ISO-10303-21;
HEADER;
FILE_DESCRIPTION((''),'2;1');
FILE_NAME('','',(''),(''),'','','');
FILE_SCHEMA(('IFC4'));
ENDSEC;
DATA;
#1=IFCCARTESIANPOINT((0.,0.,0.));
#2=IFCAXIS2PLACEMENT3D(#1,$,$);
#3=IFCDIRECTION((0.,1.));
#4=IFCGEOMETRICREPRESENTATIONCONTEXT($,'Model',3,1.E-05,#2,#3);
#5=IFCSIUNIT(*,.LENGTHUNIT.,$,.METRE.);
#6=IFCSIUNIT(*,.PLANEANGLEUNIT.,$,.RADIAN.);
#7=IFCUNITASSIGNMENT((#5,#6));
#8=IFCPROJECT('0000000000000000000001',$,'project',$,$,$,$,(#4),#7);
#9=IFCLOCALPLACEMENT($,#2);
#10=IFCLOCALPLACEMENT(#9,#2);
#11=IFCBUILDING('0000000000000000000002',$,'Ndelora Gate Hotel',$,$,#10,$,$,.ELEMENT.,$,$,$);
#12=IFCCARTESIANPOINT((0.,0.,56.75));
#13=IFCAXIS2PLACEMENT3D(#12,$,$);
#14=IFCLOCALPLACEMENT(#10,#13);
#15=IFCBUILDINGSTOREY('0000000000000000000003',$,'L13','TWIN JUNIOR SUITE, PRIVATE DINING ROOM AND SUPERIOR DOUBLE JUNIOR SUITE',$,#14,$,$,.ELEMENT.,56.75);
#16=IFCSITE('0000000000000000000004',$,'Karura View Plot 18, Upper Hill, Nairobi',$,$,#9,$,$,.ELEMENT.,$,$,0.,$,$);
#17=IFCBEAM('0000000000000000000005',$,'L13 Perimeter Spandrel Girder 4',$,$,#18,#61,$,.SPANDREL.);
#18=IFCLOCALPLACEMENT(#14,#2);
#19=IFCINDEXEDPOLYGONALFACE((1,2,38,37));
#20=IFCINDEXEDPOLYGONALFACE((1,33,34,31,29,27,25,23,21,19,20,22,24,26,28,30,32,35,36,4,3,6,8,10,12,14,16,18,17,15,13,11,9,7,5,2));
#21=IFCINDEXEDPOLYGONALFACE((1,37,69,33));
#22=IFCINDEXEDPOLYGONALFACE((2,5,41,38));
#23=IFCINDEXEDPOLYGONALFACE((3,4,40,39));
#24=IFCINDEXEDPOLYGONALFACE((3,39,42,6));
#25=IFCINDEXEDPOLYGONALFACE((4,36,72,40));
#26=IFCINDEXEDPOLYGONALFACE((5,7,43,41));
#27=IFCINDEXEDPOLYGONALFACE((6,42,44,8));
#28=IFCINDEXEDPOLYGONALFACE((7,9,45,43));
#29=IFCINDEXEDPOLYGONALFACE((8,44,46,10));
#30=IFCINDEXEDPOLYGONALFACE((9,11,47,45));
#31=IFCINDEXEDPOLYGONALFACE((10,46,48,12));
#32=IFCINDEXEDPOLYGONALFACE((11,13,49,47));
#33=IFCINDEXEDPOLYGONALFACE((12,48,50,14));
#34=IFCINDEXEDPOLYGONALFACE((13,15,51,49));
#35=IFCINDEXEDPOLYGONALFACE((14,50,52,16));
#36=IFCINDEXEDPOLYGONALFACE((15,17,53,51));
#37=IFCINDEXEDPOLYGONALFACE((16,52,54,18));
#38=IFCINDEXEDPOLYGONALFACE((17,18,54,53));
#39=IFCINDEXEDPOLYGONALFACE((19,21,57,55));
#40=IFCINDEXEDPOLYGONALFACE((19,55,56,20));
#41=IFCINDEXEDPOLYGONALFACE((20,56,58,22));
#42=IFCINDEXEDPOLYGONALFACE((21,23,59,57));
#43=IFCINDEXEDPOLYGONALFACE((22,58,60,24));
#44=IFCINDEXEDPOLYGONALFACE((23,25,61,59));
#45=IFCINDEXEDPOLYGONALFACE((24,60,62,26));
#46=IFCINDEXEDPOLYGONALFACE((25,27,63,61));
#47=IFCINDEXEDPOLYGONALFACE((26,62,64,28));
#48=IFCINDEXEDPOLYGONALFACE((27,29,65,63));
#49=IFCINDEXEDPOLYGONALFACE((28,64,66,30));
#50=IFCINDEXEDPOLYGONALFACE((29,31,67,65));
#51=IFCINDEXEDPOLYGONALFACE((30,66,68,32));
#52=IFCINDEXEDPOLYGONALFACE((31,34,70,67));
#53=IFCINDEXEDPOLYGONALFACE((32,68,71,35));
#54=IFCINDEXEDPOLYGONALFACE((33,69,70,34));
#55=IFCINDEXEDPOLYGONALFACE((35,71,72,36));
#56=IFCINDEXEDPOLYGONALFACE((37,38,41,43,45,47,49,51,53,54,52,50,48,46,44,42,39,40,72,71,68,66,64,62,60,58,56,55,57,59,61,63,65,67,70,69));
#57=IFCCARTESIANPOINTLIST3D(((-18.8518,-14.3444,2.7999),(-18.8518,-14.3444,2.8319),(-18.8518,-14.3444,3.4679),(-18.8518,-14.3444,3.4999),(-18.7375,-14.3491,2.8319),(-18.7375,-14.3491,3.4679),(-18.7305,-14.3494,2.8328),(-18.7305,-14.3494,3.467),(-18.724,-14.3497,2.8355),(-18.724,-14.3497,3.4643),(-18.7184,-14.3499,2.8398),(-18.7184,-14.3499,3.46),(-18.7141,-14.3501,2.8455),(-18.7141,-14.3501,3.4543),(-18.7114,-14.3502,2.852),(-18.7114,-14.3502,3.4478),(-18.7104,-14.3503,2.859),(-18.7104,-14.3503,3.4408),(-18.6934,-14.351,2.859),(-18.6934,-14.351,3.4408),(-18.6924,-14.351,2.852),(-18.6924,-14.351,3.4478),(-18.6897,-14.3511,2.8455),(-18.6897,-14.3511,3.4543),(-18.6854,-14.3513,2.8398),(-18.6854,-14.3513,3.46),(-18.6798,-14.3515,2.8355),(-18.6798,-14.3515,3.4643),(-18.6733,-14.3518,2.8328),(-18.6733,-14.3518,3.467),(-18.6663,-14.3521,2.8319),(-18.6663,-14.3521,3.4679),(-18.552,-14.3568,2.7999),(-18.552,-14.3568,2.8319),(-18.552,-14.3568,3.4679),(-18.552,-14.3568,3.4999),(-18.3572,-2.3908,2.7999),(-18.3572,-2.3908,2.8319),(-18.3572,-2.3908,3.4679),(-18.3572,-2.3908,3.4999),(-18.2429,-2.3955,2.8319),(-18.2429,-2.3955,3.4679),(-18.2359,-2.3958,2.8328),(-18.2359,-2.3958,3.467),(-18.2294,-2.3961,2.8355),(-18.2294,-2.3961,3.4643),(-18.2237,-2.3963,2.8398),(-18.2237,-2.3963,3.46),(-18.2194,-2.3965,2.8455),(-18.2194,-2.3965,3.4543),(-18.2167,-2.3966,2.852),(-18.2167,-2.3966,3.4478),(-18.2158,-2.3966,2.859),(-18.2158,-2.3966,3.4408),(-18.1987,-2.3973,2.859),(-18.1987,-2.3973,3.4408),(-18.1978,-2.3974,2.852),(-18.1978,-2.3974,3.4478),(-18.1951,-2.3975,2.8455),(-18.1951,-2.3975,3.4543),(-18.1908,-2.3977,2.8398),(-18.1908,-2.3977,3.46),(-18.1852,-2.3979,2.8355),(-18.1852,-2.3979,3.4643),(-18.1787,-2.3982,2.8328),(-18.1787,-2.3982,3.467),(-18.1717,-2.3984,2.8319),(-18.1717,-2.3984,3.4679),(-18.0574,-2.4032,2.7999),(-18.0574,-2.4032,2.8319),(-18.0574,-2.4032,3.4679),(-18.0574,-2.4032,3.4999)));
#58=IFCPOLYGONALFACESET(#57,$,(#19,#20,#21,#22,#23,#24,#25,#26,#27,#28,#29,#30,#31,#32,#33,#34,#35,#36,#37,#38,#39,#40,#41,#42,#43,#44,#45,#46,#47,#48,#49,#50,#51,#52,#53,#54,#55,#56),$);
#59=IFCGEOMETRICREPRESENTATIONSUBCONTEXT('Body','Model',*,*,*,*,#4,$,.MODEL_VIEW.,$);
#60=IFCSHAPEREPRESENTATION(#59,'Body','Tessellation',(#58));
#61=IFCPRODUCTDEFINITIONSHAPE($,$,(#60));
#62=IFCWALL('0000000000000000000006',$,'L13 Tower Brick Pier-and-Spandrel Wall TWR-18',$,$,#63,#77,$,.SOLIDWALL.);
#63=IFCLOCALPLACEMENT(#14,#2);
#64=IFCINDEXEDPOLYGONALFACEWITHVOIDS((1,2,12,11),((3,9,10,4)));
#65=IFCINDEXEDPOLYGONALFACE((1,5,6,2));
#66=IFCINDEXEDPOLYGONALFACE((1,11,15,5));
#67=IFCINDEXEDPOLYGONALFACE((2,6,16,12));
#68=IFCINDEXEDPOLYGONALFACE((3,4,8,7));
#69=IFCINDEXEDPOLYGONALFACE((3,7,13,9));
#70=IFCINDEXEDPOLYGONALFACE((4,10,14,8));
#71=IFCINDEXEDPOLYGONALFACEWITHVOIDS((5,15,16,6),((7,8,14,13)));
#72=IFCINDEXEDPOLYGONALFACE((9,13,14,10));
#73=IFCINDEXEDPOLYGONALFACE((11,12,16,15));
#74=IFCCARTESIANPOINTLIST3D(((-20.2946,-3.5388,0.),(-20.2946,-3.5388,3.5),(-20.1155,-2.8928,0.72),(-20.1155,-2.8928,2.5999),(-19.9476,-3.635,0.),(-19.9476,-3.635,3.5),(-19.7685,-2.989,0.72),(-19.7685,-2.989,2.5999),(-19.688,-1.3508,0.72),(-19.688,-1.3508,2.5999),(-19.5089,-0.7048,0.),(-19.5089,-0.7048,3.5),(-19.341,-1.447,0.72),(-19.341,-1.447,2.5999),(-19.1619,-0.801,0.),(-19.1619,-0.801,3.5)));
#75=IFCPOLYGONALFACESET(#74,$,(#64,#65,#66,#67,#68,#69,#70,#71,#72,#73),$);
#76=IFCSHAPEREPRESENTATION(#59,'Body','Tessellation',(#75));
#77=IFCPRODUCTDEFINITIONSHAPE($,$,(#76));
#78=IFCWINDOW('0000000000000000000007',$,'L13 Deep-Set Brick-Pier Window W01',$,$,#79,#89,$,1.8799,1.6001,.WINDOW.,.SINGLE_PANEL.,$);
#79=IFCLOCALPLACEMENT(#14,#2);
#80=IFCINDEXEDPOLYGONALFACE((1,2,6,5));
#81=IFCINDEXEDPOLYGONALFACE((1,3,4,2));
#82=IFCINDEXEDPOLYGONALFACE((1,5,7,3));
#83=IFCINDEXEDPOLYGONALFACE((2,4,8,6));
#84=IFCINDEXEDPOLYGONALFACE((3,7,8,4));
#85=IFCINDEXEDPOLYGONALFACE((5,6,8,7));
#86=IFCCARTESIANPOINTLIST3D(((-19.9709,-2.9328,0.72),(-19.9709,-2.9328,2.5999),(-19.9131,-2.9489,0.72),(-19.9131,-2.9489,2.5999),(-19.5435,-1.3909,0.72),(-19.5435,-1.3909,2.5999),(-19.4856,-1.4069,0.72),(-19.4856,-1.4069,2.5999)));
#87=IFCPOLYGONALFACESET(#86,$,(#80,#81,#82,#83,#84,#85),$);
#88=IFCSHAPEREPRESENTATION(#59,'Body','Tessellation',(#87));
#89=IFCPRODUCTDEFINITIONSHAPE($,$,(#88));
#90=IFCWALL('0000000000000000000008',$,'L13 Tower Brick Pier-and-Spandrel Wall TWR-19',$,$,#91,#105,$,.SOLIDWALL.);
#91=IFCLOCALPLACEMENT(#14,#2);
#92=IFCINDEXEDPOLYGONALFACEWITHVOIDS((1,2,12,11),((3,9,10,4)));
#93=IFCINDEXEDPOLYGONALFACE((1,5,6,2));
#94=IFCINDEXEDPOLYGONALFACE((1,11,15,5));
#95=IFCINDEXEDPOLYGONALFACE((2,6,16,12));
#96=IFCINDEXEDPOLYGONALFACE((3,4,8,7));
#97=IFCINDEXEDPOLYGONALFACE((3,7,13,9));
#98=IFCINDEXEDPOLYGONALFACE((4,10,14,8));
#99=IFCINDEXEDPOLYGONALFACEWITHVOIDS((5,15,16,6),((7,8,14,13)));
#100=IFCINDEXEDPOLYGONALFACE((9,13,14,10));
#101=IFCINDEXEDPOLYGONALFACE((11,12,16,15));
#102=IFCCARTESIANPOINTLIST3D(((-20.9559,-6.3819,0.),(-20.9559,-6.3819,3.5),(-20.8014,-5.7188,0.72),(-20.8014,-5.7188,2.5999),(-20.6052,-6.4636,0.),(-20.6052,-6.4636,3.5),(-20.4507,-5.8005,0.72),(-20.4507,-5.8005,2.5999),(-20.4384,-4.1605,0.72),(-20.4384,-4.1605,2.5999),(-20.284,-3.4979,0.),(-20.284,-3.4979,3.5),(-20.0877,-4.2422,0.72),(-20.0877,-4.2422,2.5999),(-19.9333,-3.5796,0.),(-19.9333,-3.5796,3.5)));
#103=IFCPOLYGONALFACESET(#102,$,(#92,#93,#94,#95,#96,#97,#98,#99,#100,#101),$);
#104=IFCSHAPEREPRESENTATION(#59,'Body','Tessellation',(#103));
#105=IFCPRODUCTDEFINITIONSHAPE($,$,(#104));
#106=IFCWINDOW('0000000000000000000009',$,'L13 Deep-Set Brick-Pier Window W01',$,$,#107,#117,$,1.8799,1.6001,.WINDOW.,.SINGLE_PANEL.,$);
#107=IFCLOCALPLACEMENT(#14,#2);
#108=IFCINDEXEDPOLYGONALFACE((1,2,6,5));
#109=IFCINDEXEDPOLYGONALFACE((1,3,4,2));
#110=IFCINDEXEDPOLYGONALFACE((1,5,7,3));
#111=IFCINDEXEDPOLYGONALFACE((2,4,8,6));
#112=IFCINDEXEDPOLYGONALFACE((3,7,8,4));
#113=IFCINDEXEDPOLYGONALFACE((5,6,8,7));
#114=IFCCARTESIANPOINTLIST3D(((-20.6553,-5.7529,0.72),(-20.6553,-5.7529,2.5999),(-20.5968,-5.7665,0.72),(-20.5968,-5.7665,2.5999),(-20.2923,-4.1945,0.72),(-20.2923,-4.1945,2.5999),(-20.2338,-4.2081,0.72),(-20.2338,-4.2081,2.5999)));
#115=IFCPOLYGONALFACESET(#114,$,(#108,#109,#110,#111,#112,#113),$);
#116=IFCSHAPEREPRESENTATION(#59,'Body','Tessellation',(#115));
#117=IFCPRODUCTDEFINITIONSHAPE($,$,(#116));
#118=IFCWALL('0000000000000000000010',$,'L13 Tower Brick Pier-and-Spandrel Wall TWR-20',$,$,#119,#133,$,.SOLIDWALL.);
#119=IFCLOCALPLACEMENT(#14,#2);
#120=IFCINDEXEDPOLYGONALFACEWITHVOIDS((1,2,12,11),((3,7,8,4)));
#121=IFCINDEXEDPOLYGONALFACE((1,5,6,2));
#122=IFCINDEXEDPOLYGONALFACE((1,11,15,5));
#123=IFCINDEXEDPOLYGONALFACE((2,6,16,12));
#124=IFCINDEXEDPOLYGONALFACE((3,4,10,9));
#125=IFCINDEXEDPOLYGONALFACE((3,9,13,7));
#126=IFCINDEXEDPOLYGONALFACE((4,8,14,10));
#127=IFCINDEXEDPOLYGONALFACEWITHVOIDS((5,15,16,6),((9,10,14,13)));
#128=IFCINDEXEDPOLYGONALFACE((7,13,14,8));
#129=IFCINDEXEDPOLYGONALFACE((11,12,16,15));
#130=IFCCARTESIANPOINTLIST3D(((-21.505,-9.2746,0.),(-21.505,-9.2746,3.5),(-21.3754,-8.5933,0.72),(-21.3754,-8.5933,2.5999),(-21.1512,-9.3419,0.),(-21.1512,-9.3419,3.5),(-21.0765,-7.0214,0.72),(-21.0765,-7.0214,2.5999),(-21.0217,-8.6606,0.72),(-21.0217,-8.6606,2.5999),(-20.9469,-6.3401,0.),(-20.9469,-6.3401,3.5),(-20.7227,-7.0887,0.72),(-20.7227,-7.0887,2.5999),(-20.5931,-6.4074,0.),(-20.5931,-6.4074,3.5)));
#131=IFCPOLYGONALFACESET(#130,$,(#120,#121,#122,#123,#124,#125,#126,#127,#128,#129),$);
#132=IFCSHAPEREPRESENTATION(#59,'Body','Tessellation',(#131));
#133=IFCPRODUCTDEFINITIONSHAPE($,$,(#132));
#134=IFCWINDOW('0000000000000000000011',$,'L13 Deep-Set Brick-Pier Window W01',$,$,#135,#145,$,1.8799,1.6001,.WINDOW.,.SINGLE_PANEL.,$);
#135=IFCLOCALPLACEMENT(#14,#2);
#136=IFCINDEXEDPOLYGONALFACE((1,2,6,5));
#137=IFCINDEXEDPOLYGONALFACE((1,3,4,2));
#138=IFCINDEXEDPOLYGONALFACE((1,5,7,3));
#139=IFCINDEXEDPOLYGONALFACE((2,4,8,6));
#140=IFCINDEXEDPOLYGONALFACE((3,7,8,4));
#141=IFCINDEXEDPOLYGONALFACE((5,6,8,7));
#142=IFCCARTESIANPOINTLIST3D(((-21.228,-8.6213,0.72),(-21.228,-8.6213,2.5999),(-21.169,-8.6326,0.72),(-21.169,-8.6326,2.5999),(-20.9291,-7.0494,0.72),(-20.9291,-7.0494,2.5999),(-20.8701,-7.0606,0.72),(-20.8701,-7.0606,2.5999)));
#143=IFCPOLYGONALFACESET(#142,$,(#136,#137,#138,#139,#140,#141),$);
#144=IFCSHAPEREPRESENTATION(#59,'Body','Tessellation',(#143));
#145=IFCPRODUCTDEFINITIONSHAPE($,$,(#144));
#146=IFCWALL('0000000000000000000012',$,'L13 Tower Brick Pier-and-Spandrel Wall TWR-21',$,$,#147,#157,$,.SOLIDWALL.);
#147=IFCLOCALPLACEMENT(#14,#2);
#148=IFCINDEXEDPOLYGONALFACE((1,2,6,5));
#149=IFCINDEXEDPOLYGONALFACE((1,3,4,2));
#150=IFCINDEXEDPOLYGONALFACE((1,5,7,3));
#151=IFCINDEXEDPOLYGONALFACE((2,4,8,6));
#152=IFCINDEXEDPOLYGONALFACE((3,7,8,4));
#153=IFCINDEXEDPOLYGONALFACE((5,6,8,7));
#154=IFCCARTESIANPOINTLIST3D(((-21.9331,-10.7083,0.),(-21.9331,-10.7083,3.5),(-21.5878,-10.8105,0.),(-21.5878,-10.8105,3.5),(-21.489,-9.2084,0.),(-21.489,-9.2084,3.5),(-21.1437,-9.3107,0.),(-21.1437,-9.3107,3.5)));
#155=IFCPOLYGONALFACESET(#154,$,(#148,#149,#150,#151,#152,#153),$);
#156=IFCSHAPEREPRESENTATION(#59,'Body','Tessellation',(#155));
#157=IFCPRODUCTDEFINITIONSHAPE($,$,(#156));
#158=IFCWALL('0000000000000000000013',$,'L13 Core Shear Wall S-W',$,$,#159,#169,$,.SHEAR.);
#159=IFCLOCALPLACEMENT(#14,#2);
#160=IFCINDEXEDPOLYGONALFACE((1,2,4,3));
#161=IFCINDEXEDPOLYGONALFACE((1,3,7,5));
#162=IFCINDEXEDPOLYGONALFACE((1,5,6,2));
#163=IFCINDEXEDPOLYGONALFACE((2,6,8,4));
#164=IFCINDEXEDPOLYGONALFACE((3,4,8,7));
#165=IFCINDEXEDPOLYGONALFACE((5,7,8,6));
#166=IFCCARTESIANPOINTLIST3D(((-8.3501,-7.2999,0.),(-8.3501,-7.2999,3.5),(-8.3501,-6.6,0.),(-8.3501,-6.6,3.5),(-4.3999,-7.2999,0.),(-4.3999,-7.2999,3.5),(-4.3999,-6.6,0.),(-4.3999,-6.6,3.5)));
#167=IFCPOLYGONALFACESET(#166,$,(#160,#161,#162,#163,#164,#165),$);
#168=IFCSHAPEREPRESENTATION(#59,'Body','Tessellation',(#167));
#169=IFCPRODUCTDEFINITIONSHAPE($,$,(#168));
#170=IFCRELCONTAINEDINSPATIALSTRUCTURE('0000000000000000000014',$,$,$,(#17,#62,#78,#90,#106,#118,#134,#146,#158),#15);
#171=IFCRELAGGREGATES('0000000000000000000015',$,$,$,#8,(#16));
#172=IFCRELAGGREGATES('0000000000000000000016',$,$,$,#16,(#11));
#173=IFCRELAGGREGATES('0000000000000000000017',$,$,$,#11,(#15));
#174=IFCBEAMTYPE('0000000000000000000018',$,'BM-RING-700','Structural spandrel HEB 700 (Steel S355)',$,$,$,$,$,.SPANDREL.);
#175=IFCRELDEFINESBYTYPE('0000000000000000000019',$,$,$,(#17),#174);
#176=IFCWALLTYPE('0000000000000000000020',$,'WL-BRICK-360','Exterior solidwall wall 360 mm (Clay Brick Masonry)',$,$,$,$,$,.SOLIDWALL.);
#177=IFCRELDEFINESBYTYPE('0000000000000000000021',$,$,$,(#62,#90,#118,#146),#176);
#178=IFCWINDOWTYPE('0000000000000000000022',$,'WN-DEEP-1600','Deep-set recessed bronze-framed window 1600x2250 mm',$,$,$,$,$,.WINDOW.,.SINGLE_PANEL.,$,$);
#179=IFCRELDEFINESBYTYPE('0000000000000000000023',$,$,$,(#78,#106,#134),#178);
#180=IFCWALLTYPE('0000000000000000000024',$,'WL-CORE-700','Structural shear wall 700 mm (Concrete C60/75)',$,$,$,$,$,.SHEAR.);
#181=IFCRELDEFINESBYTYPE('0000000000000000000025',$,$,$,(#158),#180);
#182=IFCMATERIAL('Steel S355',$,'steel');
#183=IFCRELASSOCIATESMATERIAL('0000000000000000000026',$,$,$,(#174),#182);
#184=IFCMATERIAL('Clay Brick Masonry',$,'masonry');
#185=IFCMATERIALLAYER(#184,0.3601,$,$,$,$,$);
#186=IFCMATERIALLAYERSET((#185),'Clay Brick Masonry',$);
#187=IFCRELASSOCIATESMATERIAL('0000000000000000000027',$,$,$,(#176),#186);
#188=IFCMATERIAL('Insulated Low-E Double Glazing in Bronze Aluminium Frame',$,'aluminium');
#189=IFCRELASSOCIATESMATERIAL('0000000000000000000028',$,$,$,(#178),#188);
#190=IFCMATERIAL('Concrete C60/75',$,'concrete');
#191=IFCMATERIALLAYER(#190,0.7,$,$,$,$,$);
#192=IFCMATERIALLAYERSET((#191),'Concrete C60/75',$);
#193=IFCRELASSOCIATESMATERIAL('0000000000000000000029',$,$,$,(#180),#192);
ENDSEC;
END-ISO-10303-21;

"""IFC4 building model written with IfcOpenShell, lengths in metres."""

from ifc_helpers import new_model, si_unit, direction, frame, frame_2d, origin, origin_2d, place, context, subcontext, project, spatial, rectangle, i_section, extrude, material, layer, layer_set, material_profile, profile_set, type_object, element, fill, save


model = new_model("IFC4")

# Units and contexts
model_context = context("Model", 3, precision=1e-05, world=origin(), true_north=direction((0.0, 1.0)))
body_context = subcontext(model_context, "Body", "Model", "MODEL_VIEW")
ifc_project = project(units=[si_unit("LENGTHUNIT", "METRE"), si_unit("PLANEANGLEUNIT", "RADIAN")], contexts=[model_context])

# Site, building, storey
site_placement = place(None, origin())
site = spatial("IfcSite", under=ifc_project, at=site_placement, Name="Karura View Plot 18, Upper Hill, Nairobi", CompositionType="ELEMENT", RefElevation=0.0)
building_placement = place(site_placement, origin())
building = spatial("IfcBuilding", under=site, at=building_placement, Name="Ndelora Gate Hotel", CompositionType="ELEMENT")
storey_placement = place(building_placement, frame((0.0, 0.0, 56.75)))
storey = spatial("IfcBuildingStorey", under=building, at=storey_placement, Name="L13", Description="TWIN JUNIOR SUITE, PRIVATE DINING ROOM AND SUPERIOR DOUBLE JUNIOR SUITE", CompositionType="ELEMENT", Elevation=56.75)

# Shared definitions
ifc_material_1 = material(Name="Concrete C60/75", Category="concrete")

# Beam
ifc_material_2 = material(Name="Steel S355", Category="steel")
ifc_material_profile_1 = material_profile(ifc_material_2, i_section(OverallWidth=0.3, OverallDepth=0.7, WebThickness=0.0171, FlangeThickness=0.032, FilletRadius=0.0271, at=origin_2d()), Name="HEB 700")
ifc_profile_set_1 = profile_set([ifc_material_profile_1], Name="Steel S355")
beam_type_1 = type_object("IfcBeamType", Name="BM-RING-700", Description="Structural spandrel HEB 700 (Steel S355)", PredefinedType="SPANDREL", material=ifc_profile_set_1)
beam_1_placement = place(storey_placement, frame((-18.2073, -2.397, 3.1499), z_axis=(-0.041344, -0.999145, 0.0), x_axis=(0.999145, -0.041344, 0.0)))
element("IfcBeam", 1, at=beam_1_placement, inside=storey, type_object=beam_type_1, Name="L13 Perimeter Spandrel Girder 4", PredefinedType="SPANDREL", context=body_context, shape_type="SweptSolid", body=[
    extrude(i_section(OverallWidth=0.3, OverallDepth=0.7, WebThickness=0.0171, FlangeThickness=0.032, FilletRadius=0.0271, at=origin_2d()), origin(), (0.0, 0.0, 1.0), 11.9639),
])

# Walls, openings, windows
ifc_material_3 = material(Name="Clay Brick Masonry", Category="masonry")
ifc_layer_1 = layer(ifc_material_3, 0.3601)
ifc_layer_set_1 = layer_set([ifc_layer_1], Name="Clay Brick Masonry")
wall_type_1 = type_object("IfcWallType", Name="WL-BRICK-360", Description="Exterior solidwall wall 360 mm (Clay Brick Masonry)", PredefinedType="SOLIDWALL", material=ifc_layer_set_1)
wall_1_placement = place(storey_placement, frame((-20.1211, -3.5869, 0.0), z_axis=(0.0, 0.0, 1.0), x_axis=(0.267147, 0.963656, 0.0)))
wall_1 = element("IfcWall", 2, at=wall_1_placement, inside=storey, type_object=wall_type_1, Name="L13 Tower Brick Pier-and-Spandrel Wall TWR-18", PredefinedType="SOLIDWALL", context=body_context, shape_type="SweptSolid", body=[
    extrude(rectangle(XDim=2.9409, YDim=0.3601, at=frame_2d((1.4705, 0.0))), origin(), (0.0, 0.0, 1.0), 3.5),
])
opening_1_placement = place(wall_1_placement, frame((0.6704, 0.0, 0.72)))
opening_1 = element("IfcOpeningElement", 3, at=opening_1_placement, cuts=wall_1, PredefinedType="OPENING", context=body_context, shape_type="SweptSolid", body=[
    extrude(rectangle(XDim=1.6001, YDim=1.8799, at=frame_2d((0.8, 0.9399))), frame((0.0, 0.1899, 0.0), z_axis=(0.0, -1.0, 0.0), x_axis=(1.0, 0.0, 0.0)), (0.0, 0.0, 1.0), 0.3801),
])
ifc_material_4 = material(Name="Insulated Low-E Double Glazing in Bronze Aluminium Frame", Category="aluminium")
window_type = type_object("IfcWindowType", Name="WN-DEEP-1600", Description="Deep-set recessed bronze-framed window 1600x2250 mm", PartitioningType="SINGLE_PANEL", PredefinedType="WINDOW", material=ifc_material_4)
window_1_placement = place(opening_1_placement, origin())
window_1 = element("IfcWindow", 4, at=window_1_placement, inside=storey, type_object=window_type, Name="L13 Deep-Set Brick-Pier Window W01", OverallHeight=1.8799, OverallWidth=1.6001, PartitioningType="SINGLE_PANEL", PredefinedType="WINDOW", context=body_context, shape_type="SweptSolid", body=[
    extrude(rectangle(XDim=1.6001, YDim=1.8799, at=frame_2d((0.8, 0.9399))), frame((0.0, 0.03, 0.0), z_axis=(0.0, -1.0, 0.0), x_axis=(1.0, 0.0, 0.0)), (0.0, 0.0, 1.0), 0.0601),
])
fill(opening_1, window_1)
wall_2_placement = place(storey_placement, frame((-20.7805, -6.4226, 0.0), z_axis=(0.0, 0.0, 1.0), x_axis=(0.226888, 0.973921, 0.0)))
wall_2 = element("IfcWall", 5, at=wall_2_placement, inside=storey, type_object=wall_type_1, Name="L13 Tower Brick Pier-and-Spandrel Wall TWR-19", PredefinedType="SOLIDWALL", context=body_context, shape_type="SweptSolid", body=[
    extrude(rectangle(XDim=2.9612, YDim=0.3601, at=frame_2d((1.4805, 0.0))), origin(), (0.0, 0.0, 1.0), 3.5),
])
opening_2_placement = place(wall_2_placement, frame((0.6807, 0.0, 0.72)))
opening_2 = element("IfcOpeningElement", 6, at=opening_2_placement, cuts=wall_2, PredefinedType="OPENING", context=body_context, shape_type="SweptSolid", body=[
    extrude(rectangle(XDim=1.6001, YDim=1.8799, at=frame_2d((0.8, 0.9399))), frame((0.0, 0.1899, 0.0), z_axis=(0.0, -1.0, 0.0), x_axis=(1.0, 0.0, 0.0)), (0.0, 0.0, 1.0), 0.3801),
])
window_2_placement = place(opening_2_placement, origin())
window_2 = element("IfcWindow", 7, at=window_2_placement, inside=storey, type_object=window_type, Name="L13 Deep-Set Brick-Pier Window W01", OverallHeight=1.8799, OverallWidth=1.6001, PartitioningType="SINGLE_PANEL", PredefinedType="WINDOW", context=body_context, shape_type="SweptSolid", body=[
    extrude(rectangle(XDim=1.6001, YDim=1.8799, at=frame_2d((0.8, 0.9399))), frame((0.0, 0.03, 0.0), z_axis=(0.0, -1.0, 0.0), x_axis=(1.0, 0.0, 0.0)), (0.0, 0.0, 1.0), 0.0601),
])
fill(opening_2, window_2)
wall_3_placement = place(storey_placement, frame((-21.3281, -9.3083, 0.0), z_axis=(0.0, 0.0, 1.0), x_axis=(0.186834, 0.982391, 0.0)))
wall_3 = element("IfcWall", 8, at=wall_3_placement, inside=storey, type_object=wall_type_1, Name="L13 Tower Brick Pier-and-Spandrel Wall TWR-20", PredefinedType="SOLIDWALL", context=body_context, shape_type="SweptSolid", body=[
    extrude(rectangle(XDim=2.9871, YDim=0.3601, at=frame_2d((1.4937, 0.0))), origin(), (0.0, 0.0, 1.0), 3.5),
])
opening_3_placement = place(wall_3_placement, frame((0.6936, 0.0, 0.72)))
opening_3 = element("IfcOpeningElement", 9, at=opening_3_placement, cuts=wall_3, PredefinedType="OPENING", context=body_context, shape_type="SweptSolid", body=[
    extrude(rectangle(XDim=1.6001, YDim=1.8799, at=frame_2d((0.8, 0.9399))), frame((0.0, 0.1899, 0.0), z_axis=(0.0, -1.0, 0.0), x_axis=(1.0, 0.0, 0.0)), (0.0, 0.0, 1.0), 0.3801),
])
window_3_placement = place(opening_3_placement, origin())
window_3 = element("IfcWindow", 10, at=window_3_placement, inside=storey, type_object=window_type, Name="L13 Deep-Set Brick-Pier Window W01", OverallHeight=1.8799, OverallWidth=1.6001, PartitioningType="SINGLE_PANEL", PredefinedType="WINDOW", context=body_context, shape_type="SweptSolid", body=[
    extrude(rectangle(XDim=1.6001, YDim=1.8799, at=frame_2d((0.8, 0.9399))), frame((0.0, 0.03, 0.0), z_axis=(0.0, -1.0, 0.0), x_axis=(1.0, 0.0, 0.0)), (0.0, 0.0, 1.0), 0.0601),
])
fill(opening_3, window_3)

# Walls
wall_4_placement = place(storey_placement, frame((-21.7605, -10.7595, 0.0), z_axis=(0.0, 0.0, 1.0), x_axis=(0.283924, 0.958847, 0.0)))
element("IfcWall", 11, at=wall_4_placement, inside=storey, type_object=wall_type_1, Name="L13 Tower Brick Pier-and-Spandrel Wall TWR-21", PredefinedType="SOLIDWALL", context=body_context, shape_type="SweptSolid", body=[
    extrude(rectangle(XDim=1.5642, YDim=0.3601, at=frame_2d((0.7822, 0.0))), origin(), (0.0, 0.0, 1.0), 3.5),
])
ifc_layer_2 = layer(ifc_material_1, 0.7)
ifc_layer_set_2 = layer_set([ifc_layer_2], Name="Concrete C60/75")
wall_type_2 = type_object("IfcWallType", Name="WL-CORE-700", Description="Structural shear wall 700 mm (Concrete C60/75)", PredefinedType="SHEAR", material=ifc_layer_set_2)
wall_5_placement = place(storey_placement, frame((-8.3501, -6.95, 0.0), z_axis=(0.0, 0.0, 1.0), x_axis=(1.0, 0.0, 0.0)))
element("IfcWall", 12, at=wall_5_placement, inside=storey, type_object=wall_type_2, Name="L13 Core Shear Wall S-W", PredefinedType="SHEAR", context=body_context, shape_type="SweptSolid", body=[
    extrude(rectangle(XDim=3.9502, YDim=0.7, at=frame_2d((1.9751, 0.0))), origin(), (0.0, 0.0, 1.0), 3.5),
])

save(model, "model.ifc")
